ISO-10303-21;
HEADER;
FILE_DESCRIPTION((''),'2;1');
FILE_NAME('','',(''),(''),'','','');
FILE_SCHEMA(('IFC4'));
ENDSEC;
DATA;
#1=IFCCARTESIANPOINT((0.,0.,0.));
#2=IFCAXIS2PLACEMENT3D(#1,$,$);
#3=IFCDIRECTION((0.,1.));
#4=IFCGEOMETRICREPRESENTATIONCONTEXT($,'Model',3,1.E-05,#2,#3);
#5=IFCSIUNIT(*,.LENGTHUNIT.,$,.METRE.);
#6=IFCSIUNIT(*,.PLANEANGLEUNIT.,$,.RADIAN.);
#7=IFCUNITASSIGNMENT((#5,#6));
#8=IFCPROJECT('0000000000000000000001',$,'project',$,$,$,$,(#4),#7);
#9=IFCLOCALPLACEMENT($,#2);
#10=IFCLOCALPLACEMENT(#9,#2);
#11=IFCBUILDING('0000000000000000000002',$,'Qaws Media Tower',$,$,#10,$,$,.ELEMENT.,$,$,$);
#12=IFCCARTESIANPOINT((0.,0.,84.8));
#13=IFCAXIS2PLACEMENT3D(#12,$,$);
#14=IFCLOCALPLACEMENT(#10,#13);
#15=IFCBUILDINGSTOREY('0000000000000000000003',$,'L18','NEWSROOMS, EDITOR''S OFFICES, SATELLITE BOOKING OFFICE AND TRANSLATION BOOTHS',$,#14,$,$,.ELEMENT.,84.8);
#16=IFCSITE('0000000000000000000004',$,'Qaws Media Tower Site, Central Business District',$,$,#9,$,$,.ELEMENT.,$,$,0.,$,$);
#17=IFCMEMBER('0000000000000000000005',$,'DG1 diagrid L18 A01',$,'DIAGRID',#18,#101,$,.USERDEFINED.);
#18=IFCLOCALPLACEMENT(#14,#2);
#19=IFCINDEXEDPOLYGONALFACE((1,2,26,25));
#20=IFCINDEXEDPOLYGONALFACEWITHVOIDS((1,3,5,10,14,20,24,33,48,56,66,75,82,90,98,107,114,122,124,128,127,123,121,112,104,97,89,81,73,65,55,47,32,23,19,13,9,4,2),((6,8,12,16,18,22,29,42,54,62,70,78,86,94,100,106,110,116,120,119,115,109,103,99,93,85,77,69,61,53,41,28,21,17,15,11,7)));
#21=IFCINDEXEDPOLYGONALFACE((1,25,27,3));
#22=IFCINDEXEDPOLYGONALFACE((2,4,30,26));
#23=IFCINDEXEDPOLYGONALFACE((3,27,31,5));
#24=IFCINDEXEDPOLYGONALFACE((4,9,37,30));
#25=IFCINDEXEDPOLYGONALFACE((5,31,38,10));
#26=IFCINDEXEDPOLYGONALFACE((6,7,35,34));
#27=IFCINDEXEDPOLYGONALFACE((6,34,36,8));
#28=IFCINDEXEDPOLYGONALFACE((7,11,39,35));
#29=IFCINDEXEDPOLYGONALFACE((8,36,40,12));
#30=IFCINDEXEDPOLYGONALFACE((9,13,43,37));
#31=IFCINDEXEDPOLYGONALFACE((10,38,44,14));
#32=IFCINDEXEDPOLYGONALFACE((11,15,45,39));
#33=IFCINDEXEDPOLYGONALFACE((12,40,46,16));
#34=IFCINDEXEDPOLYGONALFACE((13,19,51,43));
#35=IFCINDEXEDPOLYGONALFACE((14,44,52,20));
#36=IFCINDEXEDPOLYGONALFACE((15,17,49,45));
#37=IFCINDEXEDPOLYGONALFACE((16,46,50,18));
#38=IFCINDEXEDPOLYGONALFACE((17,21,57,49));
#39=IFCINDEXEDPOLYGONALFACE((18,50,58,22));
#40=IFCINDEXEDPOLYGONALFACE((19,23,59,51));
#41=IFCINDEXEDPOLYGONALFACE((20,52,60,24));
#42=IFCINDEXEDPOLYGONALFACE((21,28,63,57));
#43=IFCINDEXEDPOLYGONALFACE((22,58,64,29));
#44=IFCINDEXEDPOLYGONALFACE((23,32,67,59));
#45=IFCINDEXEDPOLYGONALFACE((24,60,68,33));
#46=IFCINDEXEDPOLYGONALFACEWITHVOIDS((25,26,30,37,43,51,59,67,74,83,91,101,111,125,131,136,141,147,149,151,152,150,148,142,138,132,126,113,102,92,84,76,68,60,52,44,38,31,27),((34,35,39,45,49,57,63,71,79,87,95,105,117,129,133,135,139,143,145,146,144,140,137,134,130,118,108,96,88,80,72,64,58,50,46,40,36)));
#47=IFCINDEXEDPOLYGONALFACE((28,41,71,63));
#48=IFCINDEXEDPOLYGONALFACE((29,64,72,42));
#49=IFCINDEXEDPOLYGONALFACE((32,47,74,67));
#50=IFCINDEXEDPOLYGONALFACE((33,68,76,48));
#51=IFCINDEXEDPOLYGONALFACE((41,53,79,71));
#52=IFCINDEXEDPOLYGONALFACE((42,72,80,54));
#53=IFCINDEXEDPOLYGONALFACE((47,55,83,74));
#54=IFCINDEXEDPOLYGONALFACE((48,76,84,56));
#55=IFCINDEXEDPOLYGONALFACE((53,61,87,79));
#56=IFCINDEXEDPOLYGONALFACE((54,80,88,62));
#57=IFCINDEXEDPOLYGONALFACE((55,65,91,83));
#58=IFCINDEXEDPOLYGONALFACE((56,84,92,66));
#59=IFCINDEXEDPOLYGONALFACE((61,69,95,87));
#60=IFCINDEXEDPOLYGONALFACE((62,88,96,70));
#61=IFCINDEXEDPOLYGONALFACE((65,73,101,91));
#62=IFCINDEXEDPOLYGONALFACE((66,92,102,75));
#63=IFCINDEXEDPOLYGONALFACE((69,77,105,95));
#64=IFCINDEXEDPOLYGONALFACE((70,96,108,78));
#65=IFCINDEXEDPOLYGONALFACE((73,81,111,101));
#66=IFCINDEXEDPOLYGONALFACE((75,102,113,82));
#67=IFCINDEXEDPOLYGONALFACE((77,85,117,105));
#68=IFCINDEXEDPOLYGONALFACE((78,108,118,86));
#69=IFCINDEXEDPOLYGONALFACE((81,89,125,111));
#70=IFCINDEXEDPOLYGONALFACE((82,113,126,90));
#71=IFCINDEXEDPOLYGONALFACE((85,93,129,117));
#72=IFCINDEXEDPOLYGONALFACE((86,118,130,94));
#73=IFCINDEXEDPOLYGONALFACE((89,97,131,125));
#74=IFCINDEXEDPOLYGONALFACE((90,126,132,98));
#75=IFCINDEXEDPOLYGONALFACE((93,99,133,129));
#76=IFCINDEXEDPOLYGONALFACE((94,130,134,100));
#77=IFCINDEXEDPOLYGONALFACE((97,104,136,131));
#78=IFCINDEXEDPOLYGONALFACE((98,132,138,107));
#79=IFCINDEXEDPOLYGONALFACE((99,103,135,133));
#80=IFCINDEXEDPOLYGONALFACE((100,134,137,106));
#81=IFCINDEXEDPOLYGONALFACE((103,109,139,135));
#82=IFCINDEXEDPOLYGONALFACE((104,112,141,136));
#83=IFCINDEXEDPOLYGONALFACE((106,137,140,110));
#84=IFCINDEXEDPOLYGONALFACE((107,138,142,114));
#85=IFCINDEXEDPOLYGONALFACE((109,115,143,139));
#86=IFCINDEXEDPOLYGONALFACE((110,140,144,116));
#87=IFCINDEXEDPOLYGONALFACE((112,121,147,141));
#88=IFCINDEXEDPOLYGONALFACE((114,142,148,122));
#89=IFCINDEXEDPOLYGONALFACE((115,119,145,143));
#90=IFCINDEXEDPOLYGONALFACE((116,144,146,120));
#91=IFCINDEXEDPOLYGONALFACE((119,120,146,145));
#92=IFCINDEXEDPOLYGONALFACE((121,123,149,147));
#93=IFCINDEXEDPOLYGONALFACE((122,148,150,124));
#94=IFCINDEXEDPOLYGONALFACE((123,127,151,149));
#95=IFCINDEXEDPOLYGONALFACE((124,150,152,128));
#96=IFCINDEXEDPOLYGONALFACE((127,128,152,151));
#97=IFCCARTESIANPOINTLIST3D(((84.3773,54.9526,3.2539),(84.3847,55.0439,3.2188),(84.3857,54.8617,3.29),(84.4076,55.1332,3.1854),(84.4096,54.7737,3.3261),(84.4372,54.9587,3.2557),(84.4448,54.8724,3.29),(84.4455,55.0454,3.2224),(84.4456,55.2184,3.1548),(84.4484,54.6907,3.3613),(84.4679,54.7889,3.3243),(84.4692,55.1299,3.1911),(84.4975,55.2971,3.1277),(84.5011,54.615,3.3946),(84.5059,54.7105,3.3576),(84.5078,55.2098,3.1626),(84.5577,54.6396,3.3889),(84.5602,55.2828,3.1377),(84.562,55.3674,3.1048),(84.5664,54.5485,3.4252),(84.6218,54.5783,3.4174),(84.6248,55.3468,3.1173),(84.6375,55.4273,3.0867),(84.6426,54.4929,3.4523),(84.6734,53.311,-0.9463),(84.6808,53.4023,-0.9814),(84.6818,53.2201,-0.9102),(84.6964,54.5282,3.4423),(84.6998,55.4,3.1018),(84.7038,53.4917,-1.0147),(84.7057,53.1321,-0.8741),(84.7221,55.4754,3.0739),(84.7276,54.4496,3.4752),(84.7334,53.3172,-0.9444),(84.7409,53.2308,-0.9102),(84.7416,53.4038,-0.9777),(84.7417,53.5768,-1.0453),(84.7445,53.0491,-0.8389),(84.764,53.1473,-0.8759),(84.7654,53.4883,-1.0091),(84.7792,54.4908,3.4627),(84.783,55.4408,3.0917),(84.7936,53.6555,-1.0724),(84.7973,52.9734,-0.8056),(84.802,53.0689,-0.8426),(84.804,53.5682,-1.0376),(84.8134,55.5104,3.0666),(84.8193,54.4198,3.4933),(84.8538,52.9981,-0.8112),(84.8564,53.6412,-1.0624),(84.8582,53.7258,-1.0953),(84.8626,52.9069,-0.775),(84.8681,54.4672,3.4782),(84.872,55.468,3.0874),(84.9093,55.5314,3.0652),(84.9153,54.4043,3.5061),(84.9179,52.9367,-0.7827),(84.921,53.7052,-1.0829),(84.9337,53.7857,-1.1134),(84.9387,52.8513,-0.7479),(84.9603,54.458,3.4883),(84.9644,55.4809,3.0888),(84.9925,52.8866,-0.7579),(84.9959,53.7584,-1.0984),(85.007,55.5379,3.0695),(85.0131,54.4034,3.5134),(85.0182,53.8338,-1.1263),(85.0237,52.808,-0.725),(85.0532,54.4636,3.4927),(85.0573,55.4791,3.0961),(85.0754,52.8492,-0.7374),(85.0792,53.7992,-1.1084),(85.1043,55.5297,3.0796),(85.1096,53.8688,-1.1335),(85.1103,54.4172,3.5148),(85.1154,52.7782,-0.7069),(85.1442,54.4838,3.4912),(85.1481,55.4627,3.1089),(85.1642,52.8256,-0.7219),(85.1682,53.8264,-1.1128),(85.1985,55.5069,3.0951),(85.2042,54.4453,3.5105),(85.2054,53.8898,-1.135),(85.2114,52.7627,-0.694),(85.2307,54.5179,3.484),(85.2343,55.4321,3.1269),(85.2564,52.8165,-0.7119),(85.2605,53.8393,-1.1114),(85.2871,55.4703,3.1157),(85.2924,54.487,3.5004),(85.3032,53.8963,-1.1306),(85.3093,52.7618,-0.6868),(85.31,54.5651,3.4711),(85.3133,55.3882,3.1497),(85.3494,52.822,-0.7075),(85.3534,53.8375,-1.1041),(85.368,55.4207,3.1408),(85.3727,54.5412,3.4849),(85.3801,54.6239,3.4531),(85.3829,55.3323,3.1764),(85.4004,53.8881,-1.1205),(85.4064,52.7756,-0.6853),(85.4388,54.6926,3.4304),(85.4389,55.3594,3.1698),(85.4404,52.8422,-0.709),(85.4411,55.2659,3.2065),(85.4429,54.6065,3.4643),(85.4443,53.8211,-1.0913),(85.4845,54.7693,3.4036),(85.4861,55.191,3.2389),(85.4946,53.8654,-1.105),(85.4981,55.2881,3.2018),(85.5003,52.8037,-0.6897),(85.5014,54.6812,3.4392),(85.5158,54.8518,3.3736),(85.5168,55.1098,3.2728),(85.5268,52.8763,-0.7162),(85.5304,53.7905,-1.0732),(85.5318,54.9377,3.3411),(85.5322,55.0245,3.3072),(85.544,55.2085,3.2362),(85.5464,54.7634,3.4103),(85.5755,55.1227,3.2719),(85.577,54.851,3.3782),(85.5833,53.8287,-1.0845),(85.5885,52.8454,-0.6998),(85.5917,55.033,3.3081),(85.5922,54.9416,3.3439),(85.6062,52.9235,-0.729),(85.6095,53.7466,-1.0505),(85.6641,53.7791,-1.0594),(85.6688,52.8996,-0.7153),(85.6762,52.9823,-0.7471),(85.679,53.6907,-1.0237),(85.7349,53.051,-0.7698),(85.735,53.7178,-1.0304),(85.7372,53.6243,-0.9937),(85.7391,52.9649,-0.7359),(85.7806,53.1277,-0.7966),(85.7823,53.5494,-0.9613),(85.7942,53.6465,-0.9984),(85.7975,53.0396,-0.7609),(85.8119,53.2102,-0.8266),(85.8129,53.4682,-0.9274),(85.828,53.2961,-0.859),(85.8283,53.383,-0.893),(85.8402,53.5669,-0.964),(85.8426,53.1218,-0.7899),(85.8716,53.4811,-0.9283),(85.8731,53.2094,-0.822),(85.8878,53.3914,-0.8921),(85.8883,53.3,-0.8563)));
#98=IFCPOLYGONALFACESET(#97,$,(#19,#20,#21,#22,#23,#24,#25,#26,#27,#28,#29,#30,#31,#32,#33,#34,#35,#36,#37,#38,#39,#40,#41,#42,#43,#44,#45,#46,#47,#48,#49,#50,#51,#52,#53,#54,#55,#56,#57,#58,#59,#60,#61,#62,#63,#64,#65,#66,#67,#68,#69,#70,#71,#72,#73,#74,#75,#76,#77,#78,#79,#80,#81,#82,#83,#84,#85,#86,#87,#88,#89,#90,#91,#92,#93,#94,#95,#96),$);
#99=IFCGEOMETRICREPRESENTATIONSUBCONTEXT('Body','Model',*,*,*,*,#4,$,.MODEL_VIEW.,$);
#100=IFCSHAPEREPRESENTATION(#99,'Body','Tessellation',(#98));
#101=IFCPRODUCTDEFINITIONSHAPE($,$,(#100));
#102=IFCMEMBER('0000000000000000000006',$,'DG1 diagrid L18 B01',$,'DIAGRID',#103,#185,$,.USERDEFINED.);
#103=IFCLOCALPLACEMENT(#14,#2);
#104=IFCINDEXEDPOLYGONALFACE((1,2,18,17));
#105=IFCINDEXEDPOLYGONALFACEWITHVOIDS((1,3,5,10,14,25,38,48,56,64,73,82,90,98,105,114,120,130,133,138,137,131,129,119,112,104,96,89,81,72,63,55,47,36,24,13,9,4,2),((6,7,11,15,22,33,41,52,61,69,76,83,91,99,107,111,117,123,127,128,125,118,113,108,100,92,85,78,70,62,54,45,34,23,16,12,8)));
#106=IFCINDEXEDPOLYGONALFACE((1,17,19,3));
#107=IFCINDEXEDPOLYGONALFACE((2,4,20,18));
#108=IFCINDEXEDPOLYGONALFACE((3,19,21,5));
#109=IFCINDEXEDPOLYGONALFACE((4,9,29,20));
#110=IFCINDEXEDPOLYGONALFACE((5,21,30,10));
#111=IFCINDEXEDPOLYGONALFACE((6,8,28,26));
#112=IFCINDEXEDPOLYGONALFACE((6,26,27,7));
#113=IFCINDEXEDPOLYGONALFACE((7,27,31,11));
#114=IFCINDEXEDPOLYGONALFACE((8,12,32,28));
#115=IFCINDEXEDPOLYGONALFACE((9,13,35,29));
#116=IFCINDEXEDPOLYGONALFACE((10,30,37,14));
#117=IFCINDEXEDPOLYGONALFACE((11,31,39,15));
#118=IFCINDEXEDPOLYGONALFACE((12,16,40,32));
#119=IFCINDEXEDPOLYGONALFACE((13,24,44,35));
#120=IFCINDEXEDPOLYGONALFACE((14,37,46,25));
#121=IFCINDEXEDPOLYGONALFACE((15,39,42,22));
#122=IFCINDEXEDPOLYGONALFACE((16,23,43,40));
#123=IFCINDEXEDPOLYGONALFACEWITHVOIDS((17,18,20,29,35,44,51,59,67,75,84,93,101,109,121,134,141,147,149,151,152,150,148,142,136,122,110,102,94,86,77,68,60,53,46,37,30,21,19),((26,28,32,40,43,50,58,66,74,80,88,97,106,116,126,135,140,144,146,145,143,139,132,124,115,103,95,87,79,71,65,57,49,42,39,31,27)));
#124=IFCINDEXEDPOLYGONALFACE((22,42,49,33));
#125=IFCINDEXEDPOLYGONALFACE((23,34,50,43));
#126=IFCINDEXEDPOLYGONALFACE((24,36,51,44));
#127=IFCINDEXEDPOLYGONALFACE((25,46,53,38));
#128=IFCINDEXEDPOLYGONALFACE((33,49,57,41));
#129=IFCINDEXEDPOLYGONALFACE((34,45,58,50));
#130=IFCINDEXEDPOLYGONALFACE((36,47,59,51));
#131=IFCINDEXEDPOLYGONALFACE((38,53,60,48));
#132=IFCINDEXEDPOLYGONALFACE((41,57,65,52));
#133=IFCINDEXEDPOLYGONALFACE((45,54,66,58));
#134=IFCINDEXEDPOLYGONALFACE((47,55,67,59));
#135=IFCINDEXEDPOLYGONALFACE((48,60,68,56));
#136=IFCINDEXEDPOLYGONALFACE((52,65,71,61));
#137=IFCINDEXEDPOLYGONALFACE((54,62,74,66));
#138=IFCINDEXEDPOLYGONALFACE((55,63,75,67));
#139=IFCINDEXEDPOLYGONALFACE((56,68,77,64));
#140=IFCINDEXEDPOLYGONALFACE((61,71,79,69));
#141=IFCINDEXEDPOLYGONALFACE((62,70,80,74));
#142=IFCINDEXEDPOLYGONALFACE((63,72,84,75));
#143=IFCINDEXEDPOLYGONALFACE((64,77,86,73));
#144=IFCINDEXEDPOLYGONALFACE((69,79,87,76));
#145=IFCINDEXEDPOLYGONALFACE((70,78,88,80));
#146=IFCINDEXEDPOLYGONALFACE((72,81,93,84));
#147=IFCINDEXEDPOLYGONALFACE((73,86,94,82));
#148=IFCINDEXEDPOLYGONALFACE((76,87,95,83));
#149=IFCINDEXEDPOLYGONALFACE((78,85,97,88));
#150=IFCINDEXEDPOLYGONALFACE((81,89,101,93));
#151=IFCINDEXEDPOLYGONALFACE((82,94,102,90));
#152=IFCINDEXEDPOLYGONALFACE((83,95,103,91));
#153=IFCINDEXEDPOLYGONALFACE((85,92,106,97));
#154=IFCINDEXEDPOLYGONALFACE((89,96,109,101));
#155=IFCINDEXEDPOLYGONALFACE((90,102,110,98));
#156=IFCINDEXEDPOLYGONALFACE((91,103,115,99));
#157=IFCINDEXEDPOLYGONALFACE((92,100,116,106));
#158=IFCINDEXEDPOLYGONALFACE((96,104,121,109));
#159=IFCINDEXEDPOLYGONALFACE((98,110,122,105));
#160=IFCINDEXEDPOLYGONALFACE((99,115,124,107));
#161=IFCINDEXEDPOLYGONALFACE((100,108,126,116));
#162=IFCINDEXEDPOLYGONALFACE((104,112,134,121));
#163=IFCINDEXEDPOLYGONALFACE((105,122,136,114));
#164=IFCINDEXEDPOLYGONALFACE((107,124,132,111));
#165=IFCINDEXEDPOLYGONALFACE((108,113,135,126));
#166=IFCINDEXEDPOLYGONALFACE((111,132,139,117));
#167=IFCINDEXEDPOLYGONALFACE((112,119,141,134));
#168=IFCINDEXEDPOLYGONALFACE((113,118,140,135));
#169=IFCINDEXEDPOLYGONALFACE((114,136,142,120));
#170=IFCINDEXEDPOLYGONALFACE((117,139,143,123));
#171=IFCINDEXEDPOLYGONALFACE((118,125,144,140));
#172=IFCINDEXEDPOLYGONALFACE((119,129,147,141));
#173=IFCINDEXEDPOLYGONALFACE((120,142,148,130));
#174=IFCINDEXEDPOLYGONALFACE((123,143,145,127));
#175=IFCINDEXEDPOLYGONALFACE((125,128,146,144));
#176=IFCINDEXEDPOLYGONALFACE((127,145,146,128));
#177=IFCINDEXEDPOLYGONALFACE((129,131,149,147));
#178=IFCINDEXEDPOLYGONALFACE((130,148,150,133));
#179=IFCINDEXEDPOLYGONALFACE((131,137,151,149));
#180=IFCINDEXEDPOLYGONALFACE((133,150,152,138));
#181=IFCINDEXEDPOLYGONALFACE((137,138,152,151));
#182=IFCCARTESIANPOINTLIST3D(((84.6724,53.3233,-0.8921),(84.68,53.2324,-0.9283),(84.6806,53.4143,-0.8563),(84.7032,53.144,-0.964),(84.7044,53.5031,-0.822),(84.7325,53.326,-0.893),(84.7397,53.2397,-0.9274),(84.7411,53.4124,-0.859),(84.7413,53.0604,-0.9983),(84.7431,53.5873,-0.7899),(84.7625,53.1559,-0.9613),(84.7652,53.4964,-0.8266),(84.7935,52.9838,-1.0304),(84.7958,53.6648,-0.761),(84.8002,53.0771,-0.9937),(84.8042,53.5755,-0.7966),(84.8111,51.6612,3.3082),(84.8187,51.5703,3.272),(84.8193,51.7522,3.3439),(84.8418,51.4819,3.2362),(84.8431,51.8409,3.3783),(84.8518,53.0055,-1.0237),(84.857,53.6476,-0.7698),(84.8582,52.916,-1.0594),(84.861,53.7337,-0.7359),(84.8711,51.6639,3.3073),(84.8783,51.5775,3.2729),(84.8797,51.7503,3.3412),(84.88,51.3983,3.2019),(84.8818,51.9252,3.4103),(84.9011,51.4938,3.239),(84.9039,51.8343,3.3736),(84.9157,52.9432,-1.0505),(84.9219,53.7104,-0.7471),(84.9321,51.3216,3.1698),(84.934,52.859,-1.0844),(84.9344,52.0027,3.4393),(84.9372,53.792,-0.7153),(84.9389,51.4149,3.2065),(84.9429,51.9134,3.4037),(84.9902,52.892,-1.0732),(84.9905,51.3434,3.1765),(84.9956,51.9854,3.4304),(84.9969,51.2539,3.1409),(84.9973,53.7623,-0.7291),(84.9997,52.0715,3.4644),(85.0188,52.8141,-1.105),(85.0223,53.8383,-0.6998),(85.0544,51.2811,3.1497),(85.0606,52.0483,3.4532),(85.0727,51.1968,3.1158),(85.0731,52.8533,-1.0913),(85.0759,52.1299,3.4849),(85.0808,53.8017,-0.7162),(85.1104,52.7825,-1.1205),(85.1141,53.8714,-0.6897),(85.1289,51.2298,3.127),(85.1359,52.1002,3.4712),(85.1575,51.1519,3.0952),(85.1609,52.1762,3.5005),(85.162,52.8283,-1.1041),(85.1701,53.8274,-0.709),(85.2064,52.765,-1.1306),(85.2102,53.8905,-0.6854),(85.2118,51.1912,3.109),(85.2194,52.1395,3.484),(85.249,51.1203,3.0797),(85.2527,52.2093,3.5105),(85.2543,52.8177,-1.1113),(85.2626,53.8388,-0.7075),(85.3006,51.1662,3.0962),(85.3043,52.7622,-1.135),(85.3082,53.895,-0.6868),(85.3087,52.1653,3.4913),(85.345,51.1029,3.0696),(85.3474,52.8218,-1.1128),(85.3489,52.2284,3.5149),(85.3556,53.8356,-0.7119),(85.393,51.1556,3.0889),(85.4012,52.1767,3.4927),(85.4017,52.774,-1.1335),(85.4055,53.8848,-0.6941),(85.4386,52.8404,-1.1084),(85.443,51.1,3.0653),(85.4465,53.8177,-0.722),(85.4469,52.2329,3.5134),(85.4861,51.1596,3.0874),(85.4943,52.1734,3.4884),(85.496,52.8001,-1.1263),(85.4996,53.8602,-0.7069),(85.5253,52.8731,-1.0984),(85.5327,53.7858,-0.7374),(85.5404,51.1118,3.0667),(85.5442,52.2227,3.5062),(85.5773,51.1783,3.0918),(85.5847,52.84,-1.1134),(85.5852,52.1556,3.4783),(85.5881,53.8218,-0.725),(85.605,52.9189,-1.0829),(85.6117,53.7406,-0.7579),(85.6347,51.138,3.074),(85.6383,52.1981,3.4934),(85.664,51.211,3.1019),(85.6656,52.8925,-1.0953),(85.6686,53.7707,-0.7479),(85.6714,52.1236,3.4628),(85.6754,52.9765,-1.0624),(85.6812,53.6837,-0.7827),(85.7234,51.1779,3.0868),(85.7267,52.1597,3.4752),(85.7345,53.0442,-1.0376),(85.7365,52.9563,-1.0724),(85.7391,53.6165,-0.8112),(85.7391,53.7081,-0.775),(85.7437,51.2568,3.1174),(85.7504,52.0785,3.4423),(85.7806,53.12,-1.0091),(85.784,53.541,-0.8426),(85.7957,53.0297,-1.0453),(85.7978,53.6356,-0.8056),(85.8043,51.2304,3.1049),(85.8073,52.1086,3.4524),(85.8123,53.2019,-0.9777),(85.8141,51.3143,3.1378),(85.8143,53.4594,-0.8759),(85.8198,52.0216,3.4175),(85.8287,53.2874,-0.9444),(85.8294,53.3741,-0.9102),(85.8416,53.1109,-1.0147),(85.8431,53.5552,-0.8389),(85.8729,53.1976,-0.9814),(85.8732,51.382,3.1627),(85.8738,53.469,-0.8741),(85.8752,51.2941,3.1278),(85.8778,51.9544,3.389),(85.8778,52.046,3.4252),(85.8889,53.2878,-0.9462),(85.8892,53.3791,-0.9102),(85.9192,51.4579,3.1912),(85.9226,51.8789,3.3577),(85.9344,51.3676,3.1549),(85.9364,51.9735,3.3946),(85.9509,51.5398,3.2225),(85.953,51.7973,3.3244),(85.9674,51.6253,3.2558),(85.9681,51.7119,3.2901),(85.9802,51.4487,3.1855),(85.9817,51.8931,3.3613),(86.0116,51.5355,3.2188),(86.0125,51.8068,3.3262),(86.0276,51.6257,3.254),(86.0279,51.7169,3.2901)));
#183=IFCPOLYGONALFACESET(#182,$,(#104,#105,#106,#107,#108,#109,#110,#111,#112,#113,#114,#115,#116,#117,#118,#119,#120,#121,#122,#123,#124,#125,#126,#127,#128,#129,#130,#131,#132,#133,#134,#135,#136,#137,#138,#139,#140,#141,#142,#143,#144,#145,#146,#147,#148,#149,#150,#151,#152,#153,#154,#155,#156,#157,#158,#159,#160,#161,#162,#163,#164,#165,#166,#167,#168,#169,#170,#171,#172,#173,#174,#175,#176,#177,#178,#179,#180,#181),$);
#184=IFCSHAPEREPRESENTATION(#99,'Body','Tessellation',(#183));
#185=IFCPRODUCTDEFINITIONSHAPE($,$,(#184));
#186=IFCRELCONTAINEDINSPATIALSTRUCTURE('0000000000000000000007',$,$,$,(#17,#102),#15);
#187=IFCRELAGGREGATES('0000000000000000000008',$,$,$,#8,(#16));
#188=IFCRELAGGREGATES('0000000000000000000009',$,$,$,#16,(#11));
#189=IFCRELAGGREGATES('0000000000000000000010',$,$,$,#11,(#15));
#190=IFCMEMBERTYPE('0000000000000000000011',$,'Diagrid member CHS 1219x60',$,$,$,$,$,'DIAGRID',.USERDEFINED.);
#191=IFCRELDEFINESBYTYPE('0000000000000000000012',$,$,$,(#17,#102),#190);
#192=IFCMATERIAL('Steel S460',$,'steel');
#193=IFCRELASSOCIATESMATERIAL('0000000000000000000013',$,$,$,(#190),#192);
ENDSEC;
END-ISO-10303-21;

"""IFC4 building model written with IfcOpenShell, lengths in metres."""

from ifc_helpers import new_model, si_unit, direction, frame, origin, origin_2d, place, context, subcontext, project, spatial, hollow_circle, extrude, material, material_profile, profile_set, type_object, element, save


model = new_model("IFC4")

# Units and contexts
model_context = context("Model", 3, precision=1e-05, world=origin(), true_north=direction((0.0, 1.0)))
body_context = subcontext(model_context, "Body", "Model", "MODEL_VIEW")
ifc_project = project(units=[si_unit("LENGTHUNIT", "METRE"), si_unit("PLANEANGLEUNIT", "RADIAN")], contexts=[model_context])

# Site, building, storey
site_placement = place(None, origin())
site = spatial("IfcSite", under=ifc_project, at=site_placement, Name="Qaws Media Tower Site, Central Business District", CompositionType="ELEMENT", RefElevation=0.0)
building_placement = place(site_placement, origin())
building = spatial("IfcBuilding", under=site, at=building_placement, Name="Qaws Media Tower", CompositionType="ELEMENT")
storey_placement = place(building_placement, frame((0.0, 0.0, 84.8)))
storey = spatial("IfcBuildingStorey", under=building, at=storey_placement, Name="L18", Description="NEWSROOMS, EDITOR'S OFFICES, SATELLITE BOOKING OFFICE AND TRANSLATION BOOTHS", CompositionType="ELEMENT", Elevation=84.8)

# Members
ifc_material_1 = material(Name="Steel S460", Category="steel")
ifc_material_profile_1 = material_profile(ifc_material_1, hollow_circle(Radius=0.6096, WallThickness=0.0601, at=origin_2d()), Name="CHS 1219x60")
ifc_profile_set_1 = profile_set([ifc_material_profile_1], Name="Steel S460")
member_type_1 = type_object("IfcMemberType", Name="Diagrid member CHS 1219x60", ElementType="DIAGRID", PredefinedType="USERDEFINED", material=ifc_profile_set_1)
for number, where, z_axis, x_axis, name in (
    (1, (85.2817, 53.3284, -0.9102), (-0.065528, 0.363241, 0.929388), (-0.984115, -0.177533, 0.0), "DG1 diagrid L18 A01"),
    (2, (85.2817, 53.3284, -0.9102), (0.030685, -0.367786, 0.929404), (0.996538, 0.083142, 0.0), "DG1 diagrid L18 B01"),
):
    element("IfcMember", number, at=place(storey_placement, frame(where, z_axis=z_axis, x_axis=x_axis)), inside=storey, type_object=member_type_1, Name=name, ObjectType="DIAGRID", PredefinedType="USERDEFINED", context=body_context, shape_type="SweptSolid", body=[
        extrude(hollow_circle(Radius=0.6096, WallThickness=0.0601, at=origin_2d()), origin(), (0.0, 0.0, 1.0), 4.5193),
    ])

save(model, "model.ifc")
